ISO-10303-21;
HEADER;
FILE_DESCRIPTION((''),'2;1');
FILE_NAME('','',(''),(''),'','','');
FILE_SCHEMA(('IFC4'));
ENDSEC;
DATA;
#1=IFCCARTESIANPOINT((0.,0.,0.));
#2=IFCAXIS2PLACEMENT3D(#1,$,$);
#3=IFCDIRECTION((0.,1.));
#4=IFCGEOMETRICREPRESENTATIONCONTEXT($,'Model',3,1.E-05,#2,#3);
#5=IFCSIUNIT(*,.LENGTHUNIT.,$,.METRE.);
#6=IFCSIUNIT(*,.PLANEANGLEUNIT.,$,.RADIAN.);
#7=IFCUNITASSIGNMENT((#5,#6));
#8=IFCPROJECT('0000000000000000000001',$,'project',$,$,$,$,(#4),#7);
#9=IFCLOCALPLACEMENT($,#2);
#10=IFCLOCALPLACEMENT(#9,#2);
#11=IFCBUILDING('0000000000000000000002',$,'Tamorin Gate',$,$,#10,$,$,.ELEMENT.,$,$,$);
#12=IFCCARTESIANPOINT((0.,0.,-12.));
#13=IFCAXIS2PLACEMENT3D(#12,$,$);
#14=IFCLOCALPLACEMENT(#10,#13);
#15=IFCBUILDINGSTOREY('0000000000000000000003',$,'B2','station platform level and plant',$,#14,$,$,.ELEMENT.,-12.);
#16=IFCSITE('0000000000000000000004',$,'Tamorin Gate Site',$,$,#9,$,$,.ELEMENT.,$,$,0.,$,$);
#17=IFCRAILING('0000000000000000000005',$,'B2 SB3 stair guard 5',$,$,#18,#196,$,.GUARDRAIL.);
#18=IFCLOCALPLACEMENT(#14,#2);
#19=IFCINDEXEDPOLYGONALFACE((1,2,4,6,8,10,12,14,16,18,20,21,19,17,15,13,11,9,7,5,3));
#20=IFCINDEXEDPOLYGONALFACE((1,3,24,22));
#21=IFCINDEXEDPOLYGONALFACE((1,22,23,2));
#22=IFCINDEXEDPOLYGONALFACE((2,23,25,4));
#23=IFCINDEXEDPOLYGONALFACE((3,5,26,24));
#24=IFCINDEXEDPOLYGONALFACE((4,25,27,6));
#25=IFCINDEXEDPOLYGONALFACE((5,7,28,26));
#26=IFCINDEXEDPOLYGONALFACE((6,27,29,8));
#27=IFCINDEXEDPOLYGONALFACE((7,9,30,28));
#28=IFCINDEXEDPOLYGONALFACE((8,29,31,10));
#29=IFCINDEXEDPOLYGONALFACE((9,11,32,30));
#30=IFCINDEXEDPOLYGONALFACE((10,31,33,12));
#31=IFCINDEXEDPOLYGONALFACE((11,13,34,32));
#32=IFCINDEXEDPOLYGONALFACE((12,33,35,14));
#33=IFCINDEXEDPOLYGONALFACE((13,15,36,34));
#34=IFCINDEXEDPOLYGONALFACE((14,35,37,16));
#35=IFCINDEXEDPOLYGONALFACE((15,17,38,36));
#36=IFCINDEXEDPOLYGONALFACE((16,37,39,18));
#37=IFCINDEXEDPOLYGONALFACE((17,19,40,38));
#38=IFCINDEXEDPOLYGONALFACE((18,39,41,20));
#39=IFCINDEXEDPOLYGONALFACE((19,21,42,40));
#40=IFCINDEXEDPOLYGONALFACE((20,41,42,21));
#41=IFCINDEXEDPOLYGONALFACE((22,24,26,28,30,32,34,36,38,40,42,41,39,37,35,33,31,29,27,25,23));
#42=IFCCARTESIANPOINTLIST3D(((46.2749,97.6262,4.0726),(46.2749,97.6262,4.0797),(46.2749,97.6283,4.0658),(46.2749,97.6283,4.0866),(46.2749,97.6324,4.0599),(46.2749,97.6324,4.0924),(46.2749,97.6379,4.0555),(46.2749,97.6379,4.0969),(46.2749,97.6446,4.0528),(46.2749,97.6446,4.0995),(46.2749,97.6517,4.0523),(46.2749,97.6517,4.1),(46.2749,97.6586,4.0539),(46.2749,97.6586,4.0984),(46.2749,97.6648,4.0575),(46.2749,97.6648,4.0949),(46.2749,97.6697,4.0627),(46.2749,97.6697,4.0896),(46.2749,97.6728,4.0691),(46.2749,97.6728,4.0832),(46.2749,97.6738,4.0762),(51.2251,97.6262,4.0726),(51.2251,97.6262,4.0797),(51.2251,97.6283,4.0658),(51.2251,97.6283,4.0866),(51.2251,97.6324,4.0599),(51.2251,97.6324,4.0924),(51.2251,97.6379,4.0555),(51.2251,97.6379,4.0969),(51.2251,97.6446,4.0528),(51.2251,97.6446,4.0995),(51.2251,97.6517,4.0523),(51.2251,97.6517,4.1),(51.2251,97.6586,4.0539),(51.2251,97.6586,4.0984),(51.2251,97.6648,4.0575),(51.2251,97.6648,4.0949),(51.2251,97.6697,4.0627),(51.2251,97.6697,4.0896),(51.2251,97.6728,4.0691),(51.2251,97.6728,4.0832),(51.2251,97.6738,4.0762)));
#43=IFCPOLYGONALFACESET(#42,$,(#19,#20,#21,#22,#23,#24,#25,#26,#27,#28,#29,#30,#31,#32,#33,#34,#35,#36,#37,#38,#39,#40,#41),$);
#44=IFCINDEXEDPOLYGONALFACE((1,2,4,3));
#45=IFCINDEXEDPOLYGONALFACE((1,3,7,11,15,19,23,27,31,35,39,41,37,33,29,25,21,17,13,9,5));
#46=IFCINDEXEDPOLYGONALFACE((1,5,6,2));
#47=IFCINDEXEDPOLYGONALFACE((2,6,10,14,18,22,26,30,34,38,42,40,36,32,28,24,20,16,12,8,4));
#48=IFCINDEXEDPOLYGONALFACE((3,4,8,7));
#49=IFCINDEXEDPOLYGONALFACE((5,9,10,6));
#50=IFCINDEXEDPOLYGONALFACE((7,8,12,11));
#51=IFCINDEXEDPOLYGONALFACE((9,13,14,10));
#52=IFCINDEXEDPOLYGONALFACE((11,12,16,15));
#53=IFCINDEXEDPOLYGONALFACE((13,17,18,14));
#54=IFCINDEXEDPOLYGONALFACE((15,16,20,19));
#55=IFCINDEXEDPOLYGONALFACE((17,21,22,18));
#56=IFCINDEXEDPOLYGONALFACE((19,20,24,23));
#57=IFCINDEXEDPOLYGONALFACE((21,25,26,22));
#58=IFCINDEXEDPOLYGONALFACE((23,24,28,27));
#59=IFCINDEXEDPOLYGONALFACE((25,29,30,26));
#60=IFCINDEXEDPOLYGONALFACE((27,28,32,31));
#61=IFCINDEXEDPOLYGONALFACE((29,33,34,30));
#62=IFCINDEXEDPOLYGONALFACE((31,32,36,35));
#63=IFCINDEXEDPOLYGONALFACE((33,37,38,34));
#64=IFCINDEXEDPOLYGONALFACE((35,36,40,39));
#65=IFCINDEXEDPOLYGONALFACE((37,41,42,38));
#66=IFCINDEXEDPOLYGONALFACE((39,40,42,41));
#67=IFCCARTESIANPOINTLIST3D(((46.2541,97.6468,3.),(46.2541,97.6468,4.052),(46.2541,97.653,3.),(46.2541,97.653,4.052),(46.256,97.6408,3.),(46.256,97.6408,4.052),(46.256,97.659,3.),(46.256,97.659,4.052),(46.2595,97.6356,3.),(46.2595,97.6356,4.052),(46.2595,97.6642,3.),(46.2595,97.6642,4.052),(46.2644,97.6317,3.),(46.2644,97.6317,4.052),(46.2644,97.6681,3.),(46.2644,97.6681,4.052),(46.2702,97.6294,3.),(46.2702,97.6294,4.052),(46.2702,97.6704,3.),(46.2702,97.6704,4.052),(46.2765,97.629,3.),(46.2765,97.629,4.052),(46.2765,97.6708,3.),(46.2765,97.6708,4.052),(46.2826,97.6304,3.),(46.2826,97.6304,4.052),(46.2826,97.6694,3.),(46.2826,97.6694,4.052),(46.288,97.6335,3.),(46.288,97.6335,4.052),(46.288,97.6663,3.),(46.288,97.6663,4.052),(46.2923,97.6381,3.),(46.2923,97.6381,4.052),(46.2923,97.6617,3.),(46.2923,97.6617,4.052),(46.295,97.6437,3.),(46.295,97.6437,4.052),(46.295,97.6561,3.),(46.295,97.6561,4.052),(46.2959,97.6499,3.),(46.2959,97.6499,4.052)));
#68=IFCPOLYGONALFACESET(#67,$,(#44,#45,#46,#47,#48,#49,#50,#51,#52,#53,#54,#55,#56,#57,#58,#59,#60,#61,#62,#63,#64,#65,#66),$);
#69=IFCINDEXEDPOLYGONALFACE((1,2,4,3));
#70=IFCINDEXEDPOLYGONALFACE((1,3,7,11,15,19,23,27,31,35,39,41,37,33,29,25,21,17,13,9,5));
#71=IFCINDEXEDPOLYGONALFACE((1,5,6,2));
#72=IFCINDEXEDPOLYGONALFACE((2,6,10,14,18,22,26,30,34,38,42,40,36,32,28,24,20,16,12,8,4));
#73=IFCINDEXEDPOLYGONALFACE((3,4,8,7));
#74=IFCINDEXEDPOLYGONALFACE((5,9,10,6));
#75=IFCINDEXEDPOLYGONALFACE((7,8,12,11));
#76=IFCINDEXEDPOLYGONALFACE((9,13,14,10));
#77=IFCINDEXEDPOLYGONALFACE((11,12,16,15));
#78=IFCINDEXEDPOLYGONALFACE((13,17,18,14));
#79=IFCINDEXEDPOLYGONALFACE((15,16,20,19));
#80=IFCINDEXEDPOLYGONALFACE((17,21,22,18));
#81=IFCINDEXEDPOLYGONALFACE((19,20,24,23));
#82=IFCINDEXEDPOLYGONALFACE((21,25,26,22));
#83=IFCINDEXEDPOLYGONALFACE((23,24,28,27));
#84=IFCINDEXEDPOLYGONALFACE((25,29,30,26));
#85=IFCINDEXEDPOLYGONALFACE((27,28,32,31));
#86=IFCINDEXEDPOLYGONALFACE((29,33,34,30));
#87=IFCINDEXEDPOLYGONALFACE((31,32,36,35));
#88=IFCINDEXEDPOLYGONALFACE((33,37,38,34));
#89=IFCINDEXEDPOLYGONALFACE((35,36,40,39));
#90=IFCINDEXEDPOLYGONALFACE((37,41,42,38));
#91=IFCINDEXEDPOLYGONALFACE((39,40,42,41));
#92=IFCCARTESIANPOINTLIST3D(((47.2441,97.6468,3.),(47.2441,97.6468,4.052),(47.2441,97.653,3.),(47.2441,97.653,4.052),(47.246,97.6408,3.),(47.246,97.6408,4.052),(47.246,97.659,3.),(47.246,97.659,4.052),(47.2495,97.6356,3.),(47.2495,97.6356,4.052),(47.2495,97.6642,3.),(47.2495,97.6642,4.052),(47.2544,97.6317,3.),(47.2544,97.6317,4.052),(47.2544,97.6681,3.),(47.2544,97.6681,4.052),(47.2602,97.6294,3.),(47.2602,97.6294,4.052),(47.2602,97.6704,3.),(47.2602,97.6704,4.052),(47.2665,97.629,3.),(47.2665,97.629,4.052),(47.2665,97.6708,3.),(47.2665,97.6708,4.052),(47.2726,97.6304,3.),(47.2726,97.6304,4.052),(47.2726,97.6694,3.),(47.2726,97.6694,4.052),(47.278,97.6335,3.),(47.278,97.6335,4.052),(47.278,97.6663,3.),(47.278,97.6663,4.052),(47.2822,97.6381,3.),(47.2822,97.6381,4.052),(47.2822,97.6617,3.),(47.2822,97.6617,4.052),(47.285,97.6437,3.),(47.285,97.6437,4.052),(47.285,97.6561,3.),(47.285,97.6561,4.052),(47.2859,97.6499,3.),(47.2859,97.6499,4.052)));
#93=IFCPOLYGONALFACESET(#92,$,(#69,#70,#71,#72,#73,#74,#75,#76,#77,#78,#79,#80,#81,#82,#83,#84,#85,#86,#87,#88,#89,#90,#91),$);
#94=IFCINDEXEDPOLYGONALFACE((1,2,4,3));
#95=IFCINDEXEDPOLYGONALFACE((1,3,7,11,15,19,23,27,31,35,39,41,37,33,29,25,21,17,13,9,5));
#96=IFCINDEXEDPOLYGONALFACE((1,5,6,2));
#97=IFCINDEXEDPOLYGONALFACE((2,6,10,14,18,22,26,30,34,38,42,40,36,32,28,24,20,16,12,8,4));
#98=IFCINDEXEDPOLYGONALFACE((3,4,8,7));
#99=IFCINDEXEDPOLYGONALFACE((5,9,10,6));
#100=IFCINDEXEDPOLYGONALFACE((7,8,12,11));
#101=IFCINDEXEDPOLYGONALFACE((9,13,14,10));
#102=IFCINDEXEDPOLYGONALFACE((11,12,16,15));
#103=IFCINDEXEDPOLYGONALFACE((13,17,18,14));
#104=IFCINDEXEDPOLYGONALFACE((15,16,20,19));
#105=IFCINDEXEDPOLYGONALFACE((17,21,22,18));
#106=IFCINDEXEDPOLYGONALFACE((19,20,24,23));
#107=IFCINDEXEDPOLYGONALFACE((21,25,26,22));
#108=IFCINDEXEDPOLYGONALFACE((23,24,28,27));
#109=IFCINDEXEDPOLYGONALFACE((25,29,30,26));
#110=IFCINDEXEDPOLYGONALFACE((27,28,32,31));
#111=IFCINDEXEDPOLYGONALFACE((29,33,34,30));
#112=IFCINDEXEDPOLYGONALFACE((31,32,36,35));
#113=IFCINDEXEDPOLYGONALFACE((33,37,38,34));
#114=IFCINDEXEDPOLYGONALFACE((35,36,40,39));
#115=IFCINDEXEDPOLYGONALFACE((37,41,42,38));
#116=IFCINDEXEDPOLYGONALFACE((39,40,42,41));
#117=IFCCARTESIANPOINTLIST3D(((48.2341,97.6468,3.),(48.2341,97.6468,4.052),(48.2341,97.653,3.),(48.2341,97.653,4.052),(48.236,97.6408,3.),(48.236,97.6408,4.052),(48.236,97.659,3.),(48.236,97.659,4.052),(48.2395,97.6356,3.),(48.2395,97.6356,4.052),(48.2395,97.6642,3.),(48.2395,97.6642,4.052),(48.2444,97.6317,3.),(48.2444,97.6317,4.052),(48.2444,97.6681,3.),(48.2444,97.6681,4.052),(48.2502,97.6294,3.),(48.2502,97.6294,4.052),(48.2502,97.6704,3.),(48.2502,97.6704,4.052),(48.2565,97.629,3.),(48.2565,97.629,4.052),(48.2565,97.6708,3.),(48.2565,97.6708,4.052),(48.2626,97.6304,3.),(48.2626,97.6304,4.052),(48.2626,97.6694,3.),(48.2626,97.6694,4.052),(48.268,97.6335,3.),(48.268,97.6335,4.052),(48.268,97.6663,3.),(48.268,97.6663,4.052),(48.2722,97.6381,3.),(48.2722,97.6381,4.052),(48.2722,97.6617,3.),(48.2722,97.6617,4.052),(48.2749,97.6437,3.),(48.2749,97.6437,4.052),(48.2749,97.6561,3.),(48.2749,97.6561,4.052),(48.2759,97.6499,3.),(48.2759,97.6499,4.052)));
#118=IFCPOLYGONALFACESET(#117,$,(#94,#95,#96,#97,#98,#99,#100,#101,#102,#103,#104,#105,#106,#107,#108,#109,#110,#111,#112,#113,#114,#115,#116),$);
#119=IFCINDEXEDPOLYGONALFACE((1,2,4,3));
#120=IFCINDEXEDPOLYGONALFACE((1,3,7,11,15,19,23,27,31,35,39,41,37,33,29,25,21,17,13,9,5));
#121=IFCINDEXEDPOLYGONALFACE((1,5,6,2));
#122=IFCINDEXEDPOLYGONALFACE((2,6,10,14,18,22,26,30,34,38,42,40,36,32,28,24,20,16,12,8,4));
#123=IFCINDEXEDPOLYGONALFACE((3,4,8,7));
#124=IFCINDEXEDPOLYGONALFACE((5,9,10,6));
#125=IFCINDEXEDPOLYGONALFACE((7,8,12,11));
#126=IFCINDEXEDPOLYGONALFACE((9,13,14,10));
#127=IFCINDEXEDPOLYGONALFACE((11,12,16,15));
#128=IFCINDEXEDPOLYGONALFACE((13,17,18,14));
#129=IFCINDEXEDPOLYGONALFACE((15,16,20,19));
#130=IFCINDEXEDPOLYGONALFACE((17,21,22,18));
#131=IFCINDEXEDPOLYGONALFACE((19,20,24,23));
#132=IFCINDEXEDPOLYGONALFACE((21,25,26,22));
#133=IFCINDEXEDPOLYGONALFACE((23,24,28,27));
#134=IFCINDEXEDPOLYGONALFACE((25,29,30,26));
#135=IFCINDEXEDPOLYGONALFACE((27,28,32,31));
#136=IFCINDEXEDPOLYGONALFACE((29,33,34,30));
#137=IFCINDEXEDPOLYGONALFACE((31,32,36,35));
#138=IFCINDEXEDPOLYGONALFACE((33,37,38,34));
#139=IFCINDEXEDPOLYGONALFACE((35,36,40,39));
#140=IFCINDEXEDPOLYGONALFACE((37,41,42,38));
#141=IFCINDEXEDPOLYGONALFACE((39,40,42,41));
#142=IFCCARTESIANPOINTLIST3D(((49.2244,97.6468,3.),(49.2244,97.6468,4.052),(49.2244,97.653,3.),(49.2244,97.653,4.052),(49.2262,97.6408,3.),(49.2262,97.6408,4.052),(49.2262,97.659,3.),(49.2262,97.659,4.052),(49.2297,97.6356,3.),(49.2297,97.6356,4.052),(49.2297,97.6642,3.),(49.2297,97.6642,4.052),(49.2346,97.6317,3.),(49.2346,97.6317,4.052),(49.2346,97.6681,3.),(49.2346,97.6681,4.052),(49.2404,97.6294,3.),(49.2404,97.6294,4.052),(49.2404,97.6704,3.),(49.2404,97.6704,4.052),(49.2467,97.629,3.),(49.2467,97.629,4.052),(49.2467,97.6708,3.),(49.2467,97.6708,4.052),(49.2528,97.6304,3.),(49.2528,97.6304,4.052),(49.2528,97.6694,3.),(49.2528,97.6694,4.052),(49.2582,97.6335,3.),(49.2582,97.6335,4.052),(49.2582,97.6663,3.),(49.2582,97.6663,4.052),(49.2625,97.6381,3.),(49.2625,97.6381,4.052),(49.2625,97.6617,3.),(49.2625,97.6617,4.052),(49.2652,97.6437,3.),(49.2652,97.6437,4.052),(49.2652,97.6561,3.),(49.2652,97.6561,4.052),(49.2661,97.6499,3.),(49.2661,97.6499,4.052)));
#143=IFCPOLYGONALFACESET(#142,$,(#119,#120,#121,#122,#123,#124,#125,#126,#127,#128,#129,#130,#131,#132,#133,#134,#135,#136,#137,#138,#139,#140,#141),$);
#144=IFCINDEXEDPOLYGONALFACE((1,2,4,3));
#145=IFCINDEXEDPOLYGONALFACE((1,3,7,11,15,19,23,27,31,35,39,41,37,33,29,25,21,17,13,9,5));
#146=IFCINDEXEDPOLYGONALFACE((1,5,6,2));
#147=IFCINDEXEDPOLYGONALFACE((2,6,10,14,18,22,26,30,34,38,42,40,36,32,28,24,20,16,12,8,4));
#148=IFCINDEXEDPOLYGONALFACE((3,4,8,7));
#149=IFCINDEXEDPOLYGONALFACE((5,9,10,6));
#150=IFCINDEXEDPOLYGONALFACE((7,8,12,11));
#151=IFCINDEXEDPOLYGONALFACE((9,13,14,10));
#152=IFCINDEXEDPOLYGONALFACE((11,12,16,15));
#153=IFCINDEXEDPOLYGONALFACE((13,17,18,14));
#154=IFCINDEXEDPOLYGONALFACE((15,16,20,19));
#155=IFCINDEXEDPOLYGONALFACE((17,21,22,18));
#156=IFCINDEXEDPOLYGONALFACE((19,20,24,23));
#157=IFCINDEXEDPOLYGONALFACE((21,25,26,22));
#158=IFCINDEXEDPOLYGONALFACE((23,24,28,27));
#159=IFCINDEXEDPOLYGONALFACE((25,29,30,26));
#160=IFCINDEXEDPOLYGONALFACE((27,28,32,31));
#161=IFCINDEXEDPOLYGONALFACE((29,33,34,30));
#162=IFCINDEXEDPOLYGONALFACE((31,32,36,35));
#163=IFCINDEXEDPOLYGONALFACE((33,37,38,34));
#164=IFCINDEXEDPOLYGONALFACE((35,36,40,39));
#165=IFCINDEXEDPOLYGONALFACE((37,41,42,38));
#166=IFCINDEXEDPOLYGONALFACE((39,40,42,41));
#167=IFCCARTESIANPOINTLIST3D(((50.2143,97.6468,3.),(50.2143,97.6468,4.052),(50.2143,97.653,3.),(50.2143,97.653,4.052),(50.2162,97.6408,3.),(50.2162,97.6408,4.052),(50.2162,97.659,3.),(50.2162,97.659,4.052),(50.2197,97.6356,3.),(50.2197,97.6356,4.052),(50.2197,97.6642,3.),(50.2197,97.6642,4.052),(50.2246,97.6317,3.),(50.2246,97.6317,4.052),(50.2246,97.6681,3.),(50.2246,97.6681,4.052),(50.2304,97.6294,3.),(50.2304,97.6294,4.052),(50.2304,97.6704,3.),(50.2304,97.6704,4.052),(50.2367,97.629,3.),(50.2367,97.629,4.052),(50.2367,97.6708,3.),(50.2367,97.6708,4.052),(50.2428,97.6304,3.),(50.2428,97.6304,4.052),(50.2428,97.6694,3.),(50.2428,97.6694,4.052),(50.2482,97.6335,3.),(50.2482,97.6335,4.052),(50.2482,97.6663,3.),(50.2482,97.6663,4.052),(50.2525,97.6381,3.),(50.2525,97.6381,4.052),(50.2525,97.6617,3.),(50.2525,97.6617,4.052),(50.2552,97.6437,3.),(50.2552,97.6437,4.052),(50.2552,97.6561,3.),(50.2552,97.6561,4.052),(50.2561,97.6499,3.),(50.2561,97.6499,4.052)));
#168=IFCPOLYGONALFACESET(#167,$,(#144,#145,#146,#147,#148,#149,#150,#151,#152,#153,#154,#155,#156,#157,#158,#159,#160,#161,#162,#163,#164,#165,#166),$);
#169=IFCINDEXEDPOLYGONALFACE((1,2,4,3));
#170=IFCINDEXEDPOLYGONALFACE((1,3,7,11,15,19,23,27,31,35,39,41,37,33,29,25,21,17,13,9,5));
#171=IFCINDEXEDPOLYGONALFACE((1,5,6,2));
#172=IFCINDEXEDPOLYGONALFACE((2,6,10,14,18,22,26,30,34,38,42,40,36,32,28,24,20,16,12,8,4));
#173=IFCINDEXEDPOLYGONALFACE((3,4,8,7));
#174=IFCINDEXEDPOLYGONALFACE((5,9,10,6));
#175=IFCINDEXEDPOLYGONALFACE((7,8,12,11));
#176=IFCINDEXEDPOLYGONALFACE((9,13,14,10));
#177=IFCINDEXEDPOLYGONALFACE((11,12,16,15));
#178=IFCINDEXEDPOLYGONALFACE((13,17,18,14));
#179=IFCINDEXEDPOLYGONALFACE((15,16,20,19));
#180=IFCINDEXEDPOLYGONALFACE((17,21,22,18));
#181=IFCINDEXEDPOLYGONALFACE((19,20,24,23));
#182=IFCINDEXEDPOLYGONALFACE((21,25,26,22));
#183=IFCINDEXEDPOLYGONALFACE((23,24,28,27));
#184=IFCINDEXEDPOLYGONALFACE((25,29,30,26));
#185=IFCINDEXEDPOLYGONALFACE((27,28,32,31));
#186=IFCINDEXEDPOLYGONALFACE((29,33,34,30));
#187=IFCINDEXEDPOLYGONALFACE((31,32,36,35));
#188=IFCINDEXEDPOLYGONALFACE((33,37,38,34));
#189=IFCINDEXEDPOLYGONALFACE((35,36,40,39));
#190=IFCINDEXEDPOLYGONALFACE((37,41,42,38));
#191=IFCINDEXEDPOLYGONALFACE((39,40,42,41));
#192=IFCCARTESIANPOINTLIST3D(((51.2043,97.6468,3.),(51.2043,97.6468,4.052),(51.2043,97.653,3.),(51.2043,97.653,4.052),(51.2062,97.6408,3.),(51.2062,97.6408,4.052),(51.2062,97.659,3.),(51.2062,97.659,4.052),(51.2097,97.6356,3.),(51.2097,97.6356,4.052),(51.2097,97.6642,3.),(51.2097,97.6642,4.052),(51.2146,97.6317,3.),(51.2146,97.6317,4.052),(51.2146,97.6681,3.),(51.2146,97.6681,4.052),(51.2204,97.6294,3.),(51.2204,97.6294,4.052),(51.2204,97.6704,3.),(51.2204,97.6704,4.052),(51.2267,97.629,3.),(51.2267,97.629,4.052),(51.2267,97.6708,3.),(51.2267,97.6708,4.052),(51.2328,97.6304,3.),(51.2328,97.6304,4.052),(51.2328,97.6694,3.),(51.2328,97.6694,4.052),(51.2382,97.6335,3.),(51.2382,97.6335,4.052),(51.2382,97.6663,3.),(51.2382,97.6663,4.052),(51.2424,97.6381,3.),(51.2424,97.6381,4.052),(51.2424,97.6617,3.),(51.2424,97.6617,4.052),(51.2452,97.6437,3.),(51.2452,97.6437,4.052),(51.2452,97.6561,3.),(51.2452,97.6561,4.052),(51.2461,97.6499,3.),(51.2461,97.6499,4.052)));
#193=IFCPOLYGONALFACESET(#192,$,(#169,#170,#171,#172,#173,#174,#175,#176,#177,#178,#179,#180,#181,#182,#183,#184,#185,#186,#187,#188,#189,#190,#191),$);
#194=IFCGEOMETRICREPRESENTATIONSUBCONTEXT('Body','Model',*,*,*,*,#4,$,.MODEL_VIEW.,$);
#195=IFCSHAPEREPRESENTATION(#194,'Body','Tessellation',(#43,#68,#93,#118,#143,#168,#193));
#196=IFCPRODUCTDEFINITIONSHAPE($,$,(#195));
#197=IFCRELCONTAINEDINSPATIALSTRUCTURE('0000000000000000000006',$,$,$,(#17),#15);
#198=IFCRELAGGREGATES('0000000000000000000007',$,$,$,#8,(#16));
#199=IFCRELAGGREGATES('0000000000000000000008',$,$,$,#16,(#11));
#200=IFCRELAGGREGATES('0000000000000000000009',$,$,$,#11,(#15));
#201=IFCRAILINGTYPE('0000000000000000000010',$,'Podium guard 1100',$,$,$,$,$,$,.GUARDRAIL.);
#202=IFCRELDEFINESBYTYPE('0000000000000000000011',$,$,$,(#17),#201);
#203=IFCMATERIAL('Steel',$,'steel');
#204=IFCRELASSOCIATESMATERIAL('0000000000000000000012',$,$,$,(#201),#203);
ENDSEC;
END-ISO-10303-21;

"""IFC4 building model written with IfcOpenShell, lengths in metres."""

from ifc_helpers import new_model, si_unit, direction, frame, origin, origin_2d, place, context, subcontext, project, spatial, circle, extrude, material, type_object, element, save


model = new_model("IFC4")

# Units and contexts
model_context = context("Model", 3, precision=1e-05, world=origin(), true_north=direction((0.0, 1.0)))
body_context = subcontext(model_context, "Body", "Model", "MODEL_VIEW")
ifc_project = project(units=[si_unit("LENGTHUNIT", "METRE"), si_unit("PLANEANGLEUNIT", "RADIAN")], contexts=[model_context])

# Site, building, storey
site_placement = place(None, origin())
site = spatial("IfcSite", under=ifc_project, at=site_placement, Name="Tamorin Gate Site", CompositionType="ELEMENT", RefElevation=0.0)
building_placement = place(site_placement, origin())
building = spatial("IfcBuilding", under=site, at=building_placement, Name="Tamorin Gate", CompositionType="ELEMENT")
storey_placement = place(building_placement, frame((0.0, 0.0, -12.0)))
storey = spatial("IfcBuildingStorey", under=building, at=storey_placement, Name="B2", Description="station platform level and plant", CompositionType="ELEMENT", Elevation=-12.0)

# Railing
ifc_material_1 = material(Name="Steel", Category="steel")
railing_type_1 = type_object("IfcRailingType", Name="Podium guard 1100", PredefinedType="GUARDRAIL", material=ifc_material_1)
railing_1_placement = place(storey_placement, frame((46.2749, 97.6499, 3.0)))
element("IfcRailing", 1, at=railing_1_placement, inside=storey, type_object=railing_type_1, Name="B2 SB3 stair guard 5", PredefinedType="GUARDRAIL", context=body_context, shape_type="SweptSolid", body=[
    extrude(circle(Radius=0.0239, at=origin_2d()), frame((0.0, 0.0, 1.0762), z_axis=(1.0, 0.0, 0.0), x_axis=(0.0, 1.0, 0.0)), (0.0, 0.0, 1.0), 4.9502),
    extrude(circle(Radius=0.021, at=origin_2d()), origin(), (0.0, 0.0, 1.0), 1.052),
    extrude(circle(Radius=0.021, at=origin_2d()), frame((0.99, 0.0, 0.0)), (0.0, 0.0, 1.0), 1.052),
    extrude(circle(Radius=0.021, at=origin_2d()), frame((1.98, 0.0, 0.0)), (0.0, 0.0, 1.0), 1.052),
    extrude(circle(Radius=0.021, at=origin_2d()), frame((2.9702, 0.0, 0.0)), (0.0, 0.0, 1.0), 1.052),
    extrude(circle(Radius=0.021, at=origin_2d()), frame((3.9602, 0.0, 0.0)), (0.0, 0.0, 1.0), 1.052),
    extrude(circle(Radius=0.021, at=origin_2d()), frame((4.9502, 0.0, 0.0)), (0.0, 0.0, 1.0), 1.052),
])

save(model, "model.ifc")
